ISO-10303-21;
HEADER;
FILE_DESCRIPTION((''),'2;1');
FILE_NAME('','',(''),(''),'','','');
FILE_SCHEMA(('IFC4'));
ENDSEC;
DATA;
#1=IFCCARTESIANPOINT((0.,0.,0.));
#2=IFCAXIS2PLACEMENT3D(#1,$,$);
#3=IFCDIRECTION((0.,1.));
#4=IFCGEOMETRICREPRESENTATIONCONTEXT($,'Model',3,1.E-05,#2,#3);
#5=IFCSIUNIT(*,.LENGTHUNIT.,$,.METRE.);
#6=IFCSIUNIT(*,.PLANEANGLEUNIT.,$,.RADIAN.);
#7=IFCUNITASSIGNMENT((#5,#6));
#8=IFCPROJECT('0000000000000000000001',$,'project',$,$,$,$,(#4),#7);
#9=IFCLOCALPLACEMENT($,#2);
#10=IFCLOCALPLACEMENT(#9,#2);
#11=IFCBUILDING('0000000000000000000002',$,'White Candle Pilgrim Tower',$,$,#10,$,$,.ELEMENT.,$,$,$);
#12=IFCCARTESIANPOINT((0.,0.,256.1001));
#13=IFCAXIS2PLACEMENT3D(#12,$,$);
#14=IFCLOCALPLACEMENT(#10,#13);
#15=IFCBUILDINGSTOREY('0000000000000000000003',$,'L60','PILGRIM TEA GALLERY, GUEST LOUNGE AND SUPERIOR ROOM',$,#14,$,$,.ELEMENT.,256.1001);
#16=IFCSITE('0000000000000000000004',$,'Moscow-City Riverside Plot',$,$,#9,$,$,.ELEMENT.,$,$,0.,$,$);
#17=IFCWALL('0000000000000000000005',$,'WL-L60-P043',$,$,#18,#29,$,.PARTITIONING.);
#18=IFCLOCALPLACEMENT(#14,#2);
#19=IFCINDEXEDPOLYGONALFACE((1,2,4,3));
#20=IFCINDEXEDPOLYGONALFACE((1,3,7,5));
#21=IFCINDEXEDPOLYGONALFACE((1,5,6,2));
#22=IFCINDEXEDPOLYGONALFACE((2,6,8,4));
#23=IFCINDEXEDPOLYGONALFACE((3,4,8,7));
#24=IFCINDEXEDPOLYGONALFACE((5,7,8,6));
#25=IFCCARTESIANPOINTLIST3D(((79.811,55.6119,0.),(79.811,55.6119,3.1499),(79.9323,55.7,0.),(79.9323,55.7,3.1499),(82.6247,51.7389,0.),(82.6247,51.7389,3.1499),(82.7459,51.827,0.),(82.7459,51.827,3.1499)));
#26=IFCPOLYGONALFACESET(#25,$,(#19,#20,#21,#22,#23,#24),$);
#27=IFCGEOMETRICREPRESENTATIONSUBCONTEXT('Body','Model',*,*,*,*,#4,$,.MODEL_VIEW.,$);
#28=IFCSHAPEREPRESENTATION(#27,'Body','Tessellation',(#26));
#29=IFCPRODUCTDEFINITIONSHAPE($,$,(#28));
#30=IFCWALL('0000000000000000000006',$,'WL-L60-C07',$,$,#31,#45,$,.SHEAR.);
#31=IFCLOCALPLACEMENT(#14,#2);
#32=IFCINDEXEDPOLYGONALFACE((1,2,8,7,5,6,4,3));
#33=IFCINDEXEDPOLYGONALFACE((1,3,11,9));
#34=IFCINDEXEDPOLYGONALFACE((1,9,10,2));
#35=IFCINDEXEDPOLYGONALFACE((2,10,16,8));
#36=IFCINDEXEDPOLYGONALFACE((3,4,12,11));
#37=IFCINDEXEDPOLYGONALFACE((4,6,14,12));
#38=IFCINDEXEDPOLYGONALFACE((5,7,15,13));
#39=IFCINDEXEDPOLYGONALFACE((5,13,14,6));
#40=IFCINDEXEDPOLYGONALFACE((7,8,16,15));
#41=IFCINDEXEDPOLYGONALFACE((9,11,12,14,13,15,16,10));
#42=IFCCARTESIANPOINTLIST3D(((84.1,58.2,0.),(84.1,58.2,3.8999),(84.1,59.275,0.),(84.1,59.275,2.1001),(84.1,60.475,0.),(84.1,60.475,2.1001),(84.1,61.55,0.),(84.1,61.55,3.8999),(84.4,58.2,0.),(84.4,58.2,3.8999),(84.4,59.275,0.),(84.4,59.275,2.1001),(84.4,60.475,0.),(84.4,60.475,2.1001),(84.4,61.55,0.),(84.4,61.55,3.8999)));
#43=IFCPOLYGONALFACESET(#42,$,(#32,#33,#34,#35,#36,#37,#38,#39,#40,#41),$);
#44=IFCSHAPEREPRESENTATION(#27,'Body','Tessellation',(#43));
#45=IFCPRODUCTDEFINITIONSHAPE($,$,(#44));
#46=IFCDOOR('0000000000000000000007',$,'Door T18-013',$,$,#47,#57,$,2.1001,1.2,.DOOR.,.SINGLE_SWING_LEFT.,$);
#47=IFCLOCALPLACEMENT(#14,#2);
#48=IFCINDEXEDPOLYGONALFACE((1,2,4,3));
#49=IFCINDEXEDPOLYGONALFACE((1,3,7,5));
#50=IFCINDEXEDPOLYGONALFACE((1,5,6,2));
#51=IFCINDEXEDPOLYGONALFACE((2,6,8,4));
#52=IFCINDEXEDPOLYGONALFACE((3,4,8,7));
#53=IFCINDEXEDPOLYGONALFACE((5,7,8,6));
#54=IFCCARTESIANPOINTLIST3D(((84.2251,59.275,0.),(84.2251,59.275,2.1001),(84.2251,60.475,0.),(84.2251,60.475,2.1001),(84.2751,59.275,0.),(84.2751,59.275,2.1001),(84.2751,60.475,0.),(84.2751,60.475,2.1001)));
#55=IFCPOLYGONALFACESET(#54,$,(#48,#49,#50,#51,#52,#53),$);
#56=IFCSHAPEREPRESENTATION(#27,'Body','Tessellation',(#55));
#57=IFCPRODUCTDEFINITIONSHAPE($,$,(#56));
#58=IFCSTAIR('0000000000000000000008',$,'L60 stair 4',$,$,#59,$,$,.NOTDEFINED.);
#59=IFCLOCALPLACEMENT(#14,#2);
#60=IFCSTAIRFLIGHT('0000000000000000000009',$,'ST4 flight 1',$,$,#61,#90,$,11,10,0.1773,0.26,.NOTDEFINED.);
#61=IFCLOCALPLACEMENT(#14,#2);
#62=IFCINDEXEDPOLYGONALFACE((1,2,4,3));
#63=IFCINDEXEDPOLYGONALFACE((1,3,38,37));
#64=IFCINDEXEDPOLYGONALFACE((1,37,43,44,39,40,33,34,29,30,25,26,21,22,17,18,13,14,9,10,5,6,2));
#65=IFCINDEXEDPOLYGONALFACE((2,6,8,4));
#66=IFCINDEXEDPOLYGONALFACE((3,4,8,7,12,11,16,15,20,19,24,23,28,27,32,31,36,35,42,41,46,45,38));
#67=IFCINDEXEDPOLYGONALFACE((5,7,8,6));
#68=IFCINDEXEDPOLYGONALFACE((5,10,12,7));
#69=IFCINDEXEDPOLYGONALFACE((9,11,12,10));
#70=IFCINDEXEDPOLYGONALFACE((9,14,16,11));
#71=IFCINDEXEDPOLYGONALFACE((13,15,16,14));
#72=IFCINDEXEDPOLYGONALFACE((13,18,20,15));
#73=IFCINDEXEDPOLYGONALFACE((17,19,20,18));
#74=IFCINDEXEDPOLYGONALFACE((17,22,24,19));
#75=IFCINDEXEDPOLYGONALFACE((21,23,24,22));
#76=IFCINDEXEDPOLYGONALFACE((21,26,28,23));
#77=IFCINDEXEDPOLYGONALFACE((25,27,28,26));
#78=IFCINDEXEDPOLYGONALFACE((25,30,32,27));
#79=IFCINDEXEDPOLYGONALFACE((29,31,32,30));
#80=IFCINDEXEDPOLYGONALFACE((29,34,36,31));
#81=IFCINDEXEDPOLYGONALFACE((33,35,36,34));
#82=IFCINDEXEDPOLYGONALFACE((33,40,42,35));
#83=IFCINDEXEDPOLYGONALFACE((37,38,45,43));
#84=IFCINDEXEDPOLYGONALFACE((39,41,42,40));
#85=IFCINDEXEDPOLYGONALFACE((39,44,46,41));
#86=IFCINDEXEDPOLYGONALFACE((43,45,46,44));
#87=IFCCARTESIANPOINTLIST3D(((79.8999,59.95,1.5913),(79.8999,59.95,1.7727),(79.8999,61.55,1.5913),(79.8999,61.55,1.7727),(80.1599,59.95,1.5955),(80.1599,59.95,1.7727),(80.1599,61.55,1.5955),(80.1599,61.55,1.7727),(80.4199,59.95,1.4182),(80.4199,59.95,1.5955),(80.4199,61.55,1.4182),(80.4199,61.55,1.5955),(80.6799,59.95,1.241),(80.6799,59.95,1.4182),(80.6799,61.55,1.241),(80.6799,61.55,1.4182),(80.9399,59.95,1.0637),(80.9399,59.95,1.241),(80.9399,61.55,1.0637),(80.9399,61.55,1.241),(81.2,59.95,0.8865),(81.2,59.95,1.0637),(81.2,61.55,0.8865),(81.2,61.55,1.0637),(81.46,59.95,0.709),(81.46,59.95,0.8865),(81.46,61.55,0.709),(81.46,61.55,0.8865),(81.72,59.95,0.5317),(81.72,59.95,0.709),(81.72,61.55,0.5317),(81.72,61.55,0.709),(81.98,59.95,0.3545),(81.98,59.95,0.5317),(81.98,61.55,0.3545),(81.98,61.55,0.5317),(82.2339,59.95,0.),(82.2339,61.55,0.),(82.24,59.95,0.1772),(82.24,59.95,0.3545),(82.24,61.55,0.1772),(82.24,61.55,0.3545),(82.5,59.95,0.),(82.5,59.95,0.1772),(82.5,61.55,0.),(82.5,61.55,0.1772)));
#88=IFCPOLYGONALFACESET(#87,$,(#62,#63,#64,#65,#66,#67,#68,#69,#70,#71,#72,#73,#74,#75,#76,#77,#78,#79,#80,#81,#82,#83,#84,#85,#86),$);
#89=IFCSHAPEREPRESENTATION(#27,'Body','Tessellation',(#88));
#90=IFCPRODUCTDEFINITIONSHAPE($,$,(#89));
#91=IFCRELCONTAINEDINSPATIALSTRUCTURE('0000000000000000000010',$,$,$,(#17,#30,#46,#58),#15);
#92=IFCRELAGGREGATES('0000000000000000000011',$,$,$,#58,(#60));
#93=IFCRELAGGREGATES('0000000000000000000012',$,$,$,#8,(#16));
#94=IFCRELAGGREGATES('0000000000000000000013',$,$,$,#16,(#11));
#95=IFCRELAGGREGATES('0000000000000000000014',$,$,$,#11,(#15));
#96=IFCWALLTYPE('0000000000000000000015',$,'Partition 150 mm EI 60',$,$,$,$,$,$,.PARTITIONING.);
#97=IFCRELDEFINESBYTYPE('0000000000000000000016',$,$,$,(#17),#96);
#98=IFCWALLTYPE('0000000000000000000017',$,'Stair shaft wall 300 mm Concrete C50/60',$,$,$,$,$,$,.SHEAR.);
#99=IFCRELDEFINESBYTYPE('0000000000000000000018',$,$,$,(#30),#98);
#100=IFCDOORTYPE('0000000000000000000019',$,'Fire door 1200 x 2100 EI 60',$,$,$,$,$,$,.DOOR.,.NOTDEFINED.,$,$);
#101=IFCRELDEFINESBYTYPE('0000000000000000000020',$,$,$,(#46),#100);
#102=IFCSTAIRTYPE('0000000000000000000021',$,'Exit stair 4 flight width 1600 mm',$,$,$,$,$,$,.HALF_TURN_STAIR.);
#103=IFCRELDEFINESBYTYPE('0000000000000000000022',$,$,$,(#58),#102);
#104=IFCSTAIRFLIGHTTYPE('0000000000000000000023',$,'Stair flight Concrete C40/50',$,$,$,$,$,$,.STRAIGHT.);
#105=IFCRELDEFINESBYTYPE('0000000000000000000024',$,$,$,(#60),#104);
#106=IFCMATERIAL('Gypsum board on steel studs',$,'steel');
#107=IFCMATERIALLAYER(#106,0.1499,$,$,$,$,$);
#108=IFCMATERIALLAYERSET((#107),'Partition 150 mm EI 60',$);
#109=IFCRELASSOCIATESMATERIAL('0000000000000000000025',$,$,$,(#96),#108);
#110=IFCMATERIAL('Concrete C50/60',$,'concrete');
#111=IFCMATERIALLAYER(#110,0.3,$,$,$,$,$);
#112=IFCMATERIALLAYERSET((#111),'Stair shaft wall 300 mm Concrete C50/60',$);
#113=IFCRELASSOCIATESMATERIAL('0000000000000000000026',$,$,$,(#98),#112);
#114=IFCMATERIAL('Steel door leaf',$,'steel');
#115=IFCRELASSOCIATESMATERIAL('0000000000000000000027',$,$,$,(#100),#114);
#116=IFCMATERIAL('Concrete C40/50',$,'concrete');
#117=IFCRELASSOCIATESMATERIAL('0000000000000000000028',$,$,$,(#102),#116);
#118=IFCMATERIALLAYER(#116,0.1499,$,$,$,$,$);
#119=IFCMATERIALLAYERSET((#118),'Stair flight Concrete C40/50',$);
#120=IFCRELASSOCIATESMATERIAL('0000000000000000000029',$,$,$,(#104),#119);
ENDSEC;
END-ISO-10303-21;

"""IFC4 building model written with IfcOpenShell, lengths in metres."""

from ifc_helpers import new_model, si_unit, direction, frame, frame_2d, origin, place, context, subcontext, project, spatial, polyline, rectangle, outline, extrude, material, layer, layer_set, type_object, element, fill, aggregate, save


model = new_model("IFC4")

# Units and contexts
model_context = context("Model", 3, precision=1e-05, world=origin(), true_north=direction((0.0, 1.0)))
body_context = subcontext(model_context, "Body", "Model", "MODEL_VIEW")
ifc_project = project(units=[si_unit("LENGTHUNIT", "METRE"), si_unit("PLANEANGLEUNIT", "RADIAN")], contexts=[model_context])

# Site, building, storey
site_placement = place(None, origin())
site = spatial("IfcSite", under=ifc_project, at=site_placement, Name="Moscow-City Riverside Plot", CompositionType="ELEMENT", RefElevation=0.0)
building_placement = place(site_placement, origin())
building = spatial("IfcBuilding", under=site, at=building_placement, Name="White Candle Pilgrim Tower", CompositionType="ELEMENT")
storey_placement = place(building_placement, frame((0.0, 0.0, 256.1001)))
storey = spatial("IfcBuildingStorey", under=building, at=storey_placement, Name="L60", Description="PILGRIM TEA GALLERY, GUEST LOUNGE AND SUPERIOR ROOM", CompositionType="ELEMENT", Elevation=256.1001)

# Shared definitions
ifc_material_1 = material(Name="Concrete C50/60", Category="concrete")

# Shared definitions
ifc_material_2 = material(Name="Gypsum board on steel studs", Category="steel")
ifc_material_3 = material(Name="Steel door leaf", Category="steel")

# Wall
ifc_layer_1 = layer(ifc_material_2, 0.1499)
ifc_layer_set_1 = layer_set([ifc_layer_1], Name="Partition 150 mm EI 60")
wall_type_1 = type_object("IfcWallType", Name="Partition 150 mm EI 60", PredefinedType="PARTITIONING", material=ifc_layer_set_1)
wall_1_placement = place(storey_placement, frame((82.6853, 51.783, 0.0), z_axis=(0.0, 0.0, 1.0), x_axis=(-0.587756, 0.809038, 0.0)))
element("IfcWall", 1, at=wall_1_placement, inside=storey, type_object=wall_type_1, Name="WL-L60-P043", PredefinedType="PARTITIONING", context=body_context, shape_type="SweptSolid", body=[
    extrude(rectangle(XDim=4.7871, YDim=0.1499, at=frame_2d((2.3936, 0.0))), origin(), (0.0, 0.0, 1.0), 3.1499),
])

# Wall, opening, door
ifc_layer_2 = layer(ifc_material_1, 0.3)
ifc_layer_set_2 = layer_set([ifc_layer_2], Name="Stair shaft wall 300 mm Concrete C50/60")
wall_type_2 = type_object("IfcWallType", Name="Stair shaft wall 300 mm Concrete C50/60", PredefinedType="SHEAR", material=ifc_layer_set_2)
wall_2_placement = place(storey_placement, frame((84.25, 58.2, 0.0), z_axis=(0.0, 0.0, 1.0), x_axis=(0.0, 1.0, 0.0)))
wall_2 = element("IfcWall", 2, at=wall_2_placement, inside=storey, type_object=wall_type_2, Name="WL-L60-C07", PredefinedType="SHEAR", context=body_context, shape_type="SweptSolid", body=[
    extrude(rectangle(XDim=3.3501, YDim=0.3, at=frame_2d((1.675, 0.0))), origin(), (0.0, 0.0, 1.0), 3.8999),
])
opening_1_placement = place(wall_2_placement, frame((1.075, 0.0, 0.0)))
opening_1 = element("IfcOpeningElement", 3, at=opening_1_placement, cuts=wall_2, PredefinedType="OPENING", context=body_context, shape_type="SweptSolid", body=[
    extrude(rectangle(XDim=1.2, YDim=2.1001, at=frame_2d((0.6001, 1.05))), frame((0.0, 0.1599, 0.0), z_axis=(0.0, -1.0, 0.0), x_axis=(1.0, 0.0, 0.0)), (0.0, 0.0, 1.0), 0.3201),
])
door_type_1 = type_object("IfcDoorType", Name="Fire door 1200 x 2100 EI 60", OperationType="NOTDEFINED", PredefinedType="DOOR", material=ifc_material_3)
door_1_placement = place(opening_1_placement, origin())
door_1 = element("IfcDoor", 4, at=door_1_placement, inside=storey, type_object=door_type_1, Name="Door T18-013", OperationType="SINGLE_SWING_LEFT", OverallHeight=2.1001, OverallWidth=1.2, PredefinedType="DOOR", context=body_context, shape_type="SweptSolid", body=[
    extrude(rectangle(XDim=1.2, YDim=2.1001, at=frame_2d((0.6001, 1.05))), frame((0.0, 0.0249, 0.0), z_axis=(0.0, -1.0, 0.0), x_axis=(1.0, 0.0, 0.0)), (0.0, 0.0, 1.0), 0.05),
])
fill(opening_1, door_1)

# Stair, stair flight
ifc_material_4 = material(Name="Concrete C40/50", Category="concrete")
stair_type = type_object("IfcStairType", Name="Exit stair 4 flight width 1600 mm", PredefinedType="HALF_TURN_STAIR", material=ifc_material_4)
stair_placement = place(storey_placement, origin())
stair = element("IfcStair", 5, at=stair_placement, inside=storey, type_object=stair_type, Name="L60 stair 4", PredefinedType="NOTDEFINED")
ifc_layer_3 = layer(ifc_material_4, 0.1499)
ifc_layer_set_3 = layer_set([ifc_layer_3], Name="Stair flight Concrete C40/50")
stair_flight_type = type_object("IfcStairFlightType", Name="Stair flight Concrete C40/50", PredefinedType="STRAIGHT", material=ifc_layer_set_3)
stair_flight_placement = place(storey_placement, frame((82.5, 60.75, 0.0), z_axis=(0.0, 0.0, 1.0), x_axis=(-1.0, 0.0, 0.0)))
stair_flight = element("IfcStairFlight", 6, at=stair_flight_placement, type_object=stair_flight_type, Name="ST4 flight 1", NumberOfRisers=11, NumberOfTreads=10, PredefinedType="NOTDEFINED", RiserHeight=0.1773, TreadLength=0.26, context=body_context, shape_type="SweptSolid", body=[
    extrude(outline(polyline([(0.0, 0.0), (0.0, 0.1772), (0.26, 0.1772), (0.26, 0.3545), (0.52, 0.3545), (0.52, 0.5317), (0.78, 0.5317), (0.78, 0.709), (1.04, 0.709), (1.04, 0.8865), (1.3, 0.8865), (1.3, 1.0637), (1.5601, 1.0637), (1.5601, 1.241), (1.8201, 1.241), (1.8201, 1.4182), (2.0801, 1.4182), (2.0801, 1.5955), (2.3401, 1.5955), (2.3401, 1.7727), (2.6001, 1.7727), (2.6001, 1.95), (2.6001, 1.5913), (0.2661, 0.0), (0.0, 0.0)])), frame((0.0, 0.8, 0.0), z_axis=(0.0, -1.0, 0.0), x_axis=(1.0, 0.0, 0.0)), (0.0, 0.0, 1.0), 1.6001),
])
aggregate(stair, [stair_flight])

save(model, "model.ifc")
